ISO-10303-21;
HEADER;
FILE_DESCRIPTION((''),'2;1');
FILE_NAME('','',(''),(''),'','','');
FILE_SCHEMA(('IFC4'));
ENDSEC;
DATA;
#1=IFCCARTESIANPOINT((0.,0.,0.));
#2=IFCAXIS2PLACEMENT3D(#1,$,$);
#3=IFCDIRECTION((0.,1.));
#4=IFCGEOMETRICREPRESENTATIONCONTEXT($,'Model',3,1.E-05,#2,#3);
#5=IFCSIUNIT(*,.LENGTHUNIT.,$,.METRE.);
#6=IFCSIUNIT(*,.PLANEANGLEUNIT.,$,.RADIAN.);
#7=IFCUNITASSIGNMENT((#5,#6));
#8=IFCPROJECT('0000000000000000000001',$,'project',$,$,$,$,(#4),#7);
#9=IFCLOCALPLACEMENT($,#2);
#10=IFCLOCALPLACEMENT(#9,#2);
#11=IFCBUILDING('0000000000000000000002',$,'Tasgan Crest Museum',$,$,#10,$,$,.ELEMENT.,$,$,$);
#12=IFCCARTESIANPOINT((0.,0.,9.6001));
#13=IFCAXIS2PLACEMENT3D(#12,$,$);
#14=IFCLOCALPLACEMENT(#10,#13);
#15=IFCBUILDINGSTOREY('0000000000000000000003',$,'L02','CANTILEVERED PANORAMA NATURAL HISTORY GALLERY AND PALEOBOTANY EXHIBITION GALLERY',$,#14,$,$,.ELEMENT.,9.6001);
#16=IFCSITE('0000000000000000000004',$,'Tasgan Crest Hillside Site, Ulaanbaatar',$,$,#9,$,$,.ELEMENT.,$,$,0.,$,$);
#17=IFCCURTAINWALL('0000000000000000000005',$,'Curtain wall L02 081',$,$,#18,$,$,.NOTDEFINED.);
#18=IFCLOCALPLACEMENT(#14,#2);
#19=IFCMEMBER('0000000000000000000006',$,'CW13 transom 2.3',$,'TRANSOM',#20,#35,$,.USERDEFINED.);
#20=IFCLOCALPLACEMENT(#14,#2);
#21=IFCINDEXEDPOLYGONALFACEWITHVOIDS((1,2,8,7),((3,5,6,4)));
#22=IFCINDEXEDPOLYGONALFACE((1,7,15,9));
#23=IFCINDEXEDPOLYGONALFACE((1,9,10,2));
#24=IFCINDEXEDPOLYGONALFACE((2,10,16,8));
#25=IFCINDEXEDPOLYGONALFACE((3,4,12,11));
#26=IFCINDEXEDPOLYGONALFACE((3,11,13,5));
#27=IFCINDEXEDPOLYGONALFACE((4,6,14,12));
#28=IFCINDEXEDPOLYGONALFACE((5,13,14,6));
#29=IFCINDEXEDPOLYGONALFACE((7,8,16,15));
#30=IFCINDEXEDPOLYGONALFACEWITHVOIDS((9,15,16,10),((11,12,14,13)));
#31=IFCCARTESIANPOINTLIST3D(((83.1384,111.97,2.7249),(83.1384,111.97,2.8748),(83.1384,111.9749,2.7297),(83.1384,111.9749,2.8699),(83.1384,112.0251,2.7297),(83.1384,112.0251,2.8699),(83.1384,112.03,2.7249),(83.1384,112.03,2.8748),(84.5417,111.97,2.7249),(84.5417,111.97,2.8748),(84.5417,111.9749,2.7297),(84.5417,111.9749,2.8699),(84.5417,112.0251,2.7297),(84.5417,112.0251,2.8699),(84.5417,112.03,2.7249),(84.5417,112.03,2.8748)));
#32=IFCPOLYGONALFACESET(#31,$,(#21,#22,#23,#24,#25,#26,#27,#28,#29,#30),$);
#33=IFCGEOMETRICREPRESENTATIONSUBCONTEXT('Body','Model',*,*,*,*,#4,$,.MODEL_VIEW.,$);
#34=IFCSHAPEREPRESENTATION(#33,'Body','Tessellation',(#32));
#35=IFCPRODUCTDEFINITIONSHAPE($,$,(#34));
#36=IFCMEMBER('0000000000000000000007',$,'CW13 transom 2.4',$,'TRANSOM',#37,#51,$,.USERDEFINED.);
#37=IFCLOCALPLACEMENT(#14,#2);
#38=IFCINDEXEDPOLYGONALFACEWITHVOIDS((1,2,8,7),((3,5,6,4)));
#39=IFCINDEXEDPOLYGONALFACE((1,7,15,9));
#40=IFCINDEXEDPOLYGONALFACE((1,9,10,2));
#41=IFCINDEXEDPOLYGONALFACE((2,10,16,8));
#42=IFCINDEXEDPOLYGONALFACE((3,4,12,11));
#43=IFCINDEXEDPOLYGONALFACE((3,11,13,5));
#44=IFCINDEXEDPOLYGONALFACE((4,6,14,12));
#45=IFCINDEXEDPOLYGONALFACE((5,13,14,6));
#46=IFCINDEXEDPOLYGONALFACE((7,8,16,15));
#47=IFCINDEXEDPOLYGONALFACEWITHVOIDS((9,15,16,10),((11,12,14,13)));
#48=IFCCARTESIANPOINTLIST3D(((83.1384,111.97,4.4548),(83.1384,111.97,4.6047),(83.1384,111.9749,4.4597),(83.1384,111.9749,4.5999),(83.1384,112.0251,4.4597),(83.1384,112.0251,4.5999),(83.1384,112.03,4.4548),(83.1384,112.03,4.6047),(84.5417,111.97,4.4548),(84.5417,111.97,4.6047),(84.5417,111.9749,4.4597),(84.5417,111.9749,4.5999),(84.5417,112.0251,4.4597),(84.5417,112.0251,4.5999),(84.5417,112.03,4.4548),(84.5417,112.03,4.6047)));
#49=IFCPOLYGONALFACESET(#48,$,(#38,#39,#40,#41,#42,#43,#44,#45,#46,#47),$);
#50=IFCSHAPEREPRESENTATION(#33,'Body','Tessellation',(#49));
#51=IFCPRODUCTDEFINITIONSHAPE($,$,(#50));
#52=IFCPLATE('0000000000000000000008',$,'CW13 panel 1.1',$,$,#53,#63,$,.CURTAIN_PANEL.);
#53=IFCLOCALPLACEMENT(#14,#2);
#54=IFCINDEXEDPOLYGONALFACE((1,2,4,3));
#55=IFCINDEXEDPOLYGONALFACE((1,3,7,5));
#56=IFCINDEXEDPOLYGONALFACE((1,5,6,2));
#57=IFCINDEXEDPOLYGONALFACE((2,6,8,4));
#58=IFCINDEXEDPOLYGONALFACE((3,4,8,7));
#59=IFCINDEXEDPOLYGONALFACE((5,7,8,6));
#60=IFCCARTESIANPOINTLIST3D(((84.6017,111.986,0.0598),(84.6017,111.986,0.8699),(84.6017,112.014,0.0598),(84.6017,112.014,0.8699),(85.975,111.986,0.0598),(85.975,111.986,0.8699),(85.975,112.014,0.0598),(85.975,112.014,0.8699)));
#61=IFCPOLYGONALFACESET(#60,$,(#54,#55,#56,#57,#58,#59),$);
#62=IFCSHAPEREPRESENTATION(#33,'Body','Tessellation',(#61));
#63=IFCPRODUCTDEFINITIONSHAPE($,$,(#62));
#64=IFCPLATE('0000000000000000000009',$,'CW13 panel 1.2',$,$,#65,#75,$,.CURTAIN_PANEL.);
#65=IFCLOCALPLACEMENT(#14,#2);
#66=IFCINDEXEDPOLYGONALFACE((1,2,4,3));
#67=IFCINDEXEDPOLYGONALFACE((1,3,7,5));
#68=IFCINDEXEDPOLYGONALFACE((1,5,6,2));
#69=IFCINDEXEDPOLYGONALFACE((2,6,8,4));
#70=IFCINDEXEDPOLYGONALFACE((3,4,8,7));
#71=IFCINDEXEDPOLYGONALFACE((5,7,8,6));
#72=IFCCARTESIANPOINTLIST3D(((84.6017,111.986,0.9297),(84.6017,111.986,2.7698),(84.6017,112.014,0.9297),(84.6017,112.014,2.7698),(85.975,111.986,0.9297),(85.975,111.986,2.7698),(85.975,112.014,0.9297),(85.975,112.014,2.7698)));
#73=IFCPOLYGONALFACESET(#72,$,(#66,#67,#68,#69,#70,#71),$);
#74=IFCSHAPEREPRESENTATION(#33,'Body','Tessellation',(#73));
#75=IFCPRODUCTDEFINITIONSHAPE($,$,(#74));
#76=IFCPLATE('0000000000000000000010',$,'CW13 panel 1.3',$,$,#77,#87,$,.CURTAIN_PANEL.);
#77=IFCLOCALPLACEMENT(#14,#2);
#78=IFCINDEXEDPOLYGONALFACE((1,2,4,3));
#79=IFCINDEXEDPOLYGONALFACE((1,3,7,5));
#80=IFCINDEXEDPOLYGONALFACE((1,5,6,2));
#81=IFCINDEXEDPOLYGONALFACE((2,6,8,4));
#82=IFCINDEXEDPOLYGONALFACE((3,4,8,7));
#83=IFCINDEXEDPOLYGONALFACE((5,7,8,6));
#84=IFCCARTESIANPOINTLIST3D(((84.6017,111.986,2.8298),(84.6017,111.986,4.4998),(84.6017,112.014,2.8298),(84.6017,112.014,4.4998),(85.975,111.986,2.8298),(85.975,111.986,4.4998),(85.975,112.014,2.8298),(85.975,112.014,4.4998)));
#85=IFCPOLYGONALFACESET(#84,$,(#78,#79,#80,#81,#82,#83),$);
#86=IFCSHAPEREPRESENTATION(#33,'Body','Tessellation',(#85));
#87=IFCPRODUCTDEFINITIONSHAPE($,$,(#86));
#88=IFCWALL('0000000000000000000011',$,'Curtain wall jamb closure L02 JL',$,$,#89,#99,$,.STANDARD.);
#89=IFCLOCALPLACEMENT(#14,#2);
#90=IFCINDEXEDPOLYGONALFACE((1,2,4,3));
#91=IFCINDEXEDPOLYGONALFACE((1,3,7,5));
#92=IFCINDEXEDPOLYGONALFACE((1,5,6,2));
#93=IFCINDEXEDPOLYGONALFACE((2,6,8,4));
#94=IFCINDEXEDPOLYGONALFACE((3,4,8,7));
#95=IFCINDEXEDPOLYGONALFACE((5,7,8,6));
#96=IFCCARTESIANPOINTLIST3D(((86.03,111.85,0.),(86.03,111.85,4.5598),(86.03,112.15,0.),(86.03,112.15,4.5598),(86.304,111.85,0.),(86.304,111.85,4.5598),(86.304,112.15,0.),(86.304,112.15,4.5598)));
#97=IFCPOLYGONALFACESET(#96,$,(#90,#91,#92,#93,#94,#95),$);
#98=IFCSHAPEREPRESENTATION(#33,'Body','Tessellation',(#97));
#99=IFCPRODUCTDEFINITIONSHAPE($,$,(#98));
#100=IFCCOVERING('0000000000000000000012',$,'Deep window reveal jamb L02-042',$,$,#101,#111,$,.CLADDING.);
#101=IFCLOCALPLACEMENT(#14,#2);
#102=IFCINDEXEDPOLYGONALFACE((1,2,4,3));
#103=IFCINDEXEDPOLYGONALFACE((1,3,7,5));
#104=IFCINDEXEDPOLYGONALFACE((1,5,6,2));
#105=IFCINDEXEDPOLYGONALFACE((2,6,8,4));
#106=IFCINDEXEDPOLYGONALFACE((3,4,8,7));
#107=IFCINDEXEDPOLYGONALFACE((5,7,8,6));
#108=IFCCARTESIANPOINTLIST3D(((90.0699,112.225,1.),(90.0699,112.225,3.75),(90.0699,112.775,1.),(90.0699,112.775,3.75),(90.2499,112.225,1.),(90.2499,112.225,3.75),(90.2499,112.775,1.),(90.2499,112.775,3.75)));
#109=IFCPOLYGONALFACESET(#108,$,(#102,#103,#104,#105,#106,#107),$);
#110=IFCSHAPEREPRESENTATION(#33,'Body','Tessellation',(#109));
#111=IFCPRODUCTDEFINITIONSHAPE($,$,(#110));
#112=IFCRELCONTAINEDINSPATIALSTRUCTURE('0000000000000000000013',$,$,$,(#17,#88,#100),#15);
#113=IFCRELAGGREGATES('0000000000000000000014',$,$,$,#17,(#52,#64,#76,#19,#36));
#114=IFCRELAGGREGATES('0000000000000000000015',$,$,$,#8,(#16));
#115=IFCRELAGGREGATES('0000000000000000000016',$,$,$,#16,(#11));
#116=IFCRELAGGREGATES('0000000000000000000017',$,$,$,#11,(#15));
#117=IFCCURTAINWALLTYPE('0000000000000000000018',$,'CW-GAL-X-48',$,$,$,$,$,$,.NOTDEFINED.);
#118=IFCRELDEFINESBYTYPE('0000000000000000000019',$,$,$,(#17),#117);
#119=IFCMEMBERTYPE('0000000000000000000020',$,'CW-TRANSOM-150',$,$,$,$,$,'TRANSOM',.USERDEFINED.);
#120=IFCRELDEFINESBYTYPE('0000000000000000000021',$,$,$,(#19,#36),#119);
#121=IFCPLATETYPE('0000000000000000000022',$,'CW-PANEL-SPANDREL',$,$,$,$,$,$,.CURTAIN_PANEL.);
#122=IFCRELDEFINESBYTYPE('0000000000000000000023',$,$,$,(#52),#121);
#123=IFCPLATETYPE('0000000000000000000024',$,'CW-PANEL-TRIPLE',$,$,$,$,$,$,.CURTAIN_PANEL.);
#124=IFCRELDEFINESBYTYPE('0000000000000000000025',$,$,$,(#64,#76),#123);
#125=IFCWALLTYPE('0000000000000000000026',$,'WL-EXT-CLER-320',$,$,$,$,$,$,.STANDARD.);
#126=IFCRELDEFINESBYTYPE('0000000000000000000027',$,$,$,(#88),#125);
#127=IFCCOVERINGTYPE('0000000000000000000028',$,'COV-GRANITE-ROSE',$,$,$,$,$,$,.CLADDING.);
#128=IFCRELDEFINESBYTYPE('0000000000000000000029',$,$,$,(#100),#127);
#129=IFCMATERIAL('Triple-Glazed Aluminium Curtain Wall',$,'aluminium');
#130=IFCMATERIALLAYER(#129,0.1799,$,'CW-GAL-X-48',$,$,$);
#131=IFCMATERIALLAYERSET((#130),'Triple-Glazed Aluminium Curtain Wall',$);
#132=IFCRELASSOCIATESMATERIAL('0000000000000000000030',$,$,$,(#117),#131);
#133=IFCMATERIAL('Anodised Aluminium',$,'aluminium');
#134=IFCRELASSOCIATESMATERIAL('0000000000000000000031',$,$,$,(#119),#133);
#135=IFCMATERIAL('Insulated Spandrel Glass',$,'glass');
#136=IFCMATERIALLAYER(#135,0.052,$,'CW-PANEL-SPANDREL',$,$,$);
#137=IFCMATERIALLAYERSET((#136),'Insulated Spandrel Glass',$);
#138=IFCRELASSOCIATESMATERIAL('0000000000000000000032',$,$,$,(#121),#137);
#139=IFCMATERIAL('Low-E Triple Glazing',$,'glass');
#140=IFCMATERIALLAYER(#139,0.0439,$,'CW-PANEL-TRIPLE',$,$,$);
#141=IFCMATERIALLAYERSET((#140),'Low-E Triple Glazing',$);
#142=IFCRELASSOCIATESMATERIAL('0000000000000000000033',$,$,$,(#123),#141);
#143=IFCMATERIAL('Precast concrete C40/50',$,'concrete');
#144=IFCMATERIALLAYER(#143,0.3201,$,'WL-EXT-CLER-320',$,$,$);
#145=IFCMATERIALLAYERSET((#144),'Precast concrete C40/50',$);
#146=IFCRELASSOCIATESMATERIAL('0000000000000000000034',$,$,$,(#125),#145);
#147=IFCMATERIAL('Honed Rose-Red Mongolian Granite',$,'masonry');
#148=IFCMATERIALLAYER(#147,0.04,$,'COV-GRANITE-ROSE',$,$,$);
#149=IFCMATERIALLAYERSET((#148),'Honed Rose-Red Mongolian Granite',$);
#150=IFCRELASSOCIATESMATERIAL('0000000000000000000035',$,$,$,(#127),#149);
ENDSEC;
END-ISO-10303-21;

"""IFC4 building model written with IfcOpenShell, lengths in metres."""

from ifc_helpers import new_model, si_unit, direction, frame, frame_2d, origin, origin_2d, place, context, subcontext, project, spatial, rectangle, hollow_rectangle, extrude, material, layer, layer_set, material_profile, profile_set, type_object, element, aggregate, save


model = new_model("IFC4")

# Units and contexts
model_context = context("Model", 3, precision=1e-05, world=origin(), true_north=direction((0.0, 1.0)))
body_context = subcontext(model_context, "Body", "Model", "MODEL_VIEW")
ifc_project = project(units=[si_unit("LENGTHUNIT", "METRE"), si_unit("PLANEANGLEUNIT", "RADIAN")], contexts=[model_context])

# Site, building, storey
site_placement = place(None, origin())
site = spatial("IfcSite", under=ifc_project, at=site_placement, Name="Tasgan Crest Hillside Site, Ulaanbaatar", CompositionType="ELEMENT", RefElevation=0.0)
building_placement = place(site_placement, origin())
building = spatial("IfcBuilding", under=site, at=building_placement, Name="Tasgan Crest Museum", CompositionType="ELEMENT")
storey_placement = place(building_placement, frame((0.0, 0.0, 9.6001)))
storey = spatial("IfcBuildingStorey", under=building, at=storey_placement, Name="L02", Description="CANTILEVERED PANORAMA NATURAL HISTORY GALLERY AND PALEOBOTANY EXHIBITION GALLERY", CompositionType="ELEMENT", Elevation=9.6001)

# Curtain wall, members, plates
ifc_material_1 = material(Name="Triple-Glazed Aluminium Curtain Wall", Category="aluminium")
ifc_layer_1 = layer(ifc_material_1, 0.1799, Name="CW-GAL-X-48")
ifc_layer_set_1 = layer_set([ifc_layer_1], Name="Triple-Glazed Aluminium Curtain Wall")
curtain_wall_type = type_object("IfcCurtainWallType", Name="CW-GAL-X-48", PredefinedType="NOTDEFINED", material=ifc_layer_set_1)
curtain_wall_placement = place(storey_placement, origin())
curtain_wall = element("IfcCurtainWall", 1, at=curtain_wall_placement, inside=storey, type_object=curtain_wall_type, Name="Curtain wall L02 081", PredefinedType="NOTDEFINED")
ifc_material_2 = material(Name="Anodised Aluminium", Category="aluminium")
ifc_material_profile_1 = material_profile(ifc_material_2, hollow_rectangle(XDim=0.0601, YDim=0.1499, WallThickness=0.0049, at=origin_2d()), Name="ALU TRANSOM 150x60x5")
ifc_profile_set_1 = profile_set([ifc_material_profile_1], Name="Anodised Aluminium")
member_type_1 = type_object("IfcMemberType", Name="CW-TRANSOM-150", ElementType="TRANSOM", PredefinedType="USERDEFINED", material=ifc_profile_set_1)
member_1_placement = place(storey_placement, frame((84.5417, 112.0, 2.7998), z_axis=(-1.0, 0.0, 0.0), x_axis=(0.0, -1.0, 0.0)))
member_1 = element("IfcMember", 2, at=member_1_placement, type_object=member_type_1, Name="CW13 transom 2.3", ObjectType="TRANSOM", PredefinedType="USERDEFINED", context=body_context, shape_type="SweptSolid", body=[
    extrude(hollow_rectangle(XDim=0.0601, YDim=0.1499, WallThickness=0.0049, at=origin_2d()), origin(), (0.0, 0.0, 1.0), 1.4033),
])
member_2_placement = place(storey_placement, frame((84.5417, 112.0, 4.5298), z_axis=(-1.0, 0.0, 0.0), x_axis=(0.0, -1.0, 0.0)))
member_2 = element("IfcMember", 3, at=member_2_placement, type_object=member_type_1, Name="CW13 transom 2.4", ObjectType="TRANSOM", PredefinedType="USERDEFINED", context=body_context, shape_type="SweptSolid", body=[
    extrude(hollow_rectangle(XDim=0.0601, YDim=0.1499, WallThickness=0.0049, at=origin_2d()), origin(), (0.0, 0.0, 1.0), 1.4033),
])
ifc_material_3 = material(Name="Insulated Spandrel Glass", Category="glass")
ifc_layer_2 = layer(ifc_material_3, 0.052, Name="CW-PANEL-SPANDREL")
ifc_layer_set_2 = layer_set([ifc_layer_2], Name="Insulated Spandrel Glass")
plate_type_1 = type_object("IfcPlateType", Name="CW-PANEL-SPANDREL", PredefinedType="CURTAIN_PANEL", material=ifc_layer_set_2)
plate_1_placement = place(storey_placement, frame((85.2883, 112.0, 0.0598), z_axis=(0.0, 0.0, 1.0), x_axis=(-1.0, 0.0, 0.0)))
plate_1 = element("IfcPlate", 4, at=plate_1_placement, type_object=plate_type_1, Name="CW13 panel 1.1", PredefinedType="CURTAIN_PANEL", context=body_context, shape_type="SweptSolid", body=[
    extrude(rectangle(XDim=1.3733, YDim=0.0281, at=origin_2d()), origin(), (0.0, 0.0, 1.0), 0.8101),
])
ifc_material_4 = material(Name="Low-E Triple Glazing", Category="glass")
ifc_layer_3 = layer(ifc_material_4, 0.0439, Name="CW-PANEL-TRIPLE")
ifc_layer_set_3 = layer_set([ifc_layer_3], Name="Low-E Triple Glazing")
plate_type_2 = type_object("IfcPlateType", Name="CW-PANEL-TRIPLE", PredefinedType="CURTAIN_PANEL", material=ifc_layer_set_3)
plate_2_placement = place(storey_placement, frame((85.2883, 112.0, 0.9297), z_axis=(0.0, 0.0, 1.0), x_axis=(-1.0, 0.0, 0.0)))
plate_2 = element("IfcPlate", 5, at=plate_2_placement, type_object=plate_type_2, Name="CW13 panel 1.2", PredefinedType="CURTAIN_PANEL", context=body_context, shape_type="SweptSolid", body=[
    extrude(rectangle(XDim=1.3733, YDim=0.0281, at=origin_2d()), origin(), (0.0, 0.0, 1.0), 1.8401),
])
plate_3_placement = place(storey_placement, frame((85.2883, 112.0, 2.8298), z_axis=(0.0, 0.0, 1.0), x_axis=(-1.0, 0.0, 0.0)))
plate_3 = element("IfcPlate", 6, at=plate_3_placement, type_object=plate_type_2, Name="CW13 panel 1.3", PredefinedType="CURTAIN_PANEL", context=body_context, shape_type="SweptSolid", body=[
    extrude(rectangle(XDim=1.3733, YDim=0.0281, at=origin_2d()), origin(), (0.0, 0.0, 1.0), 1.6699),
])
aggregate(curtain_wall, [plate_1, plate_2, plate_3, member_1, member_2])

# Wall
ifc_material_5 = material(Name="Precast concrete C40/50", Category="concrete")
ifc_layer_4 = layer(ifc_material_5, 0.3201, Name="WL-EXT-CLER-320")
ifc_layer_set_4 = layer_set([ifc_layer_4], Name="Precast concrete C40/50")
wall_type = type_object("IfcWallType", Name="WL-EXT-CLER-320", PredefinedType="STANDARD", material=ifc_layer_set_4)
wall_placement = place(storey_placement, frame((86.304, 112.0, 0.0), z_axis=(0.0, 0.0, 1.0), x_axis=(-1.0, 0.0, 0.0)))
element("IfcWall", 7, at=wall_placement, inside=storey, type_object=wall_type, Name="Curtain wall jamb closure L02 JL", PredefinedType="STANDARD", context=body_context, shape_type="SweptSolid", body=[
    extrude(rectangle(XDim=0.2739, YDim=0.3, at=frame_2d((0.137, 0.0))), origin(), (0.0, 0.0, 1.0), 4.5598),
])

# Covering
ifc_material_6 = material(Name="Honed Rose-Red Mongolian Granite", Category="masonry")
ifc_layer_5 = layer(ifc_material_6, 0.04, Name="COV-GRANITE-ROSE")
ifc_layer_set_5 = layer_set([ifc_layer_5], Name="Honed Rose-Red Mongolian Granite")
covering_type = type_object("IfcCoveringType", Name="COV-GRANITE-ROSE", PredefinedType="CLADDING", material=ifc_layer_set_5)
covering_placement = place(storey_placement, frame((90.1599, 112.5, 1.0), z_axis=(0.0, 0.0, 1.0), x_axis=(-1.0, 0.0, 0.0)))
element("IfcCovering", 8, at=covering_placement, inside=storey, type_object=covering_type, Name="Deep window reveal jamb L02-042", PredefinedType="CLADDING", context=body_context, shape_type="SweptSolid", body=[
    extrude(rectangle(XDim=0.1799, YDim=0.55, at=origin_2d()), origin(), (0.0, 0.0, 1.0), 2.75),
])

save(model, "model.ifc")
